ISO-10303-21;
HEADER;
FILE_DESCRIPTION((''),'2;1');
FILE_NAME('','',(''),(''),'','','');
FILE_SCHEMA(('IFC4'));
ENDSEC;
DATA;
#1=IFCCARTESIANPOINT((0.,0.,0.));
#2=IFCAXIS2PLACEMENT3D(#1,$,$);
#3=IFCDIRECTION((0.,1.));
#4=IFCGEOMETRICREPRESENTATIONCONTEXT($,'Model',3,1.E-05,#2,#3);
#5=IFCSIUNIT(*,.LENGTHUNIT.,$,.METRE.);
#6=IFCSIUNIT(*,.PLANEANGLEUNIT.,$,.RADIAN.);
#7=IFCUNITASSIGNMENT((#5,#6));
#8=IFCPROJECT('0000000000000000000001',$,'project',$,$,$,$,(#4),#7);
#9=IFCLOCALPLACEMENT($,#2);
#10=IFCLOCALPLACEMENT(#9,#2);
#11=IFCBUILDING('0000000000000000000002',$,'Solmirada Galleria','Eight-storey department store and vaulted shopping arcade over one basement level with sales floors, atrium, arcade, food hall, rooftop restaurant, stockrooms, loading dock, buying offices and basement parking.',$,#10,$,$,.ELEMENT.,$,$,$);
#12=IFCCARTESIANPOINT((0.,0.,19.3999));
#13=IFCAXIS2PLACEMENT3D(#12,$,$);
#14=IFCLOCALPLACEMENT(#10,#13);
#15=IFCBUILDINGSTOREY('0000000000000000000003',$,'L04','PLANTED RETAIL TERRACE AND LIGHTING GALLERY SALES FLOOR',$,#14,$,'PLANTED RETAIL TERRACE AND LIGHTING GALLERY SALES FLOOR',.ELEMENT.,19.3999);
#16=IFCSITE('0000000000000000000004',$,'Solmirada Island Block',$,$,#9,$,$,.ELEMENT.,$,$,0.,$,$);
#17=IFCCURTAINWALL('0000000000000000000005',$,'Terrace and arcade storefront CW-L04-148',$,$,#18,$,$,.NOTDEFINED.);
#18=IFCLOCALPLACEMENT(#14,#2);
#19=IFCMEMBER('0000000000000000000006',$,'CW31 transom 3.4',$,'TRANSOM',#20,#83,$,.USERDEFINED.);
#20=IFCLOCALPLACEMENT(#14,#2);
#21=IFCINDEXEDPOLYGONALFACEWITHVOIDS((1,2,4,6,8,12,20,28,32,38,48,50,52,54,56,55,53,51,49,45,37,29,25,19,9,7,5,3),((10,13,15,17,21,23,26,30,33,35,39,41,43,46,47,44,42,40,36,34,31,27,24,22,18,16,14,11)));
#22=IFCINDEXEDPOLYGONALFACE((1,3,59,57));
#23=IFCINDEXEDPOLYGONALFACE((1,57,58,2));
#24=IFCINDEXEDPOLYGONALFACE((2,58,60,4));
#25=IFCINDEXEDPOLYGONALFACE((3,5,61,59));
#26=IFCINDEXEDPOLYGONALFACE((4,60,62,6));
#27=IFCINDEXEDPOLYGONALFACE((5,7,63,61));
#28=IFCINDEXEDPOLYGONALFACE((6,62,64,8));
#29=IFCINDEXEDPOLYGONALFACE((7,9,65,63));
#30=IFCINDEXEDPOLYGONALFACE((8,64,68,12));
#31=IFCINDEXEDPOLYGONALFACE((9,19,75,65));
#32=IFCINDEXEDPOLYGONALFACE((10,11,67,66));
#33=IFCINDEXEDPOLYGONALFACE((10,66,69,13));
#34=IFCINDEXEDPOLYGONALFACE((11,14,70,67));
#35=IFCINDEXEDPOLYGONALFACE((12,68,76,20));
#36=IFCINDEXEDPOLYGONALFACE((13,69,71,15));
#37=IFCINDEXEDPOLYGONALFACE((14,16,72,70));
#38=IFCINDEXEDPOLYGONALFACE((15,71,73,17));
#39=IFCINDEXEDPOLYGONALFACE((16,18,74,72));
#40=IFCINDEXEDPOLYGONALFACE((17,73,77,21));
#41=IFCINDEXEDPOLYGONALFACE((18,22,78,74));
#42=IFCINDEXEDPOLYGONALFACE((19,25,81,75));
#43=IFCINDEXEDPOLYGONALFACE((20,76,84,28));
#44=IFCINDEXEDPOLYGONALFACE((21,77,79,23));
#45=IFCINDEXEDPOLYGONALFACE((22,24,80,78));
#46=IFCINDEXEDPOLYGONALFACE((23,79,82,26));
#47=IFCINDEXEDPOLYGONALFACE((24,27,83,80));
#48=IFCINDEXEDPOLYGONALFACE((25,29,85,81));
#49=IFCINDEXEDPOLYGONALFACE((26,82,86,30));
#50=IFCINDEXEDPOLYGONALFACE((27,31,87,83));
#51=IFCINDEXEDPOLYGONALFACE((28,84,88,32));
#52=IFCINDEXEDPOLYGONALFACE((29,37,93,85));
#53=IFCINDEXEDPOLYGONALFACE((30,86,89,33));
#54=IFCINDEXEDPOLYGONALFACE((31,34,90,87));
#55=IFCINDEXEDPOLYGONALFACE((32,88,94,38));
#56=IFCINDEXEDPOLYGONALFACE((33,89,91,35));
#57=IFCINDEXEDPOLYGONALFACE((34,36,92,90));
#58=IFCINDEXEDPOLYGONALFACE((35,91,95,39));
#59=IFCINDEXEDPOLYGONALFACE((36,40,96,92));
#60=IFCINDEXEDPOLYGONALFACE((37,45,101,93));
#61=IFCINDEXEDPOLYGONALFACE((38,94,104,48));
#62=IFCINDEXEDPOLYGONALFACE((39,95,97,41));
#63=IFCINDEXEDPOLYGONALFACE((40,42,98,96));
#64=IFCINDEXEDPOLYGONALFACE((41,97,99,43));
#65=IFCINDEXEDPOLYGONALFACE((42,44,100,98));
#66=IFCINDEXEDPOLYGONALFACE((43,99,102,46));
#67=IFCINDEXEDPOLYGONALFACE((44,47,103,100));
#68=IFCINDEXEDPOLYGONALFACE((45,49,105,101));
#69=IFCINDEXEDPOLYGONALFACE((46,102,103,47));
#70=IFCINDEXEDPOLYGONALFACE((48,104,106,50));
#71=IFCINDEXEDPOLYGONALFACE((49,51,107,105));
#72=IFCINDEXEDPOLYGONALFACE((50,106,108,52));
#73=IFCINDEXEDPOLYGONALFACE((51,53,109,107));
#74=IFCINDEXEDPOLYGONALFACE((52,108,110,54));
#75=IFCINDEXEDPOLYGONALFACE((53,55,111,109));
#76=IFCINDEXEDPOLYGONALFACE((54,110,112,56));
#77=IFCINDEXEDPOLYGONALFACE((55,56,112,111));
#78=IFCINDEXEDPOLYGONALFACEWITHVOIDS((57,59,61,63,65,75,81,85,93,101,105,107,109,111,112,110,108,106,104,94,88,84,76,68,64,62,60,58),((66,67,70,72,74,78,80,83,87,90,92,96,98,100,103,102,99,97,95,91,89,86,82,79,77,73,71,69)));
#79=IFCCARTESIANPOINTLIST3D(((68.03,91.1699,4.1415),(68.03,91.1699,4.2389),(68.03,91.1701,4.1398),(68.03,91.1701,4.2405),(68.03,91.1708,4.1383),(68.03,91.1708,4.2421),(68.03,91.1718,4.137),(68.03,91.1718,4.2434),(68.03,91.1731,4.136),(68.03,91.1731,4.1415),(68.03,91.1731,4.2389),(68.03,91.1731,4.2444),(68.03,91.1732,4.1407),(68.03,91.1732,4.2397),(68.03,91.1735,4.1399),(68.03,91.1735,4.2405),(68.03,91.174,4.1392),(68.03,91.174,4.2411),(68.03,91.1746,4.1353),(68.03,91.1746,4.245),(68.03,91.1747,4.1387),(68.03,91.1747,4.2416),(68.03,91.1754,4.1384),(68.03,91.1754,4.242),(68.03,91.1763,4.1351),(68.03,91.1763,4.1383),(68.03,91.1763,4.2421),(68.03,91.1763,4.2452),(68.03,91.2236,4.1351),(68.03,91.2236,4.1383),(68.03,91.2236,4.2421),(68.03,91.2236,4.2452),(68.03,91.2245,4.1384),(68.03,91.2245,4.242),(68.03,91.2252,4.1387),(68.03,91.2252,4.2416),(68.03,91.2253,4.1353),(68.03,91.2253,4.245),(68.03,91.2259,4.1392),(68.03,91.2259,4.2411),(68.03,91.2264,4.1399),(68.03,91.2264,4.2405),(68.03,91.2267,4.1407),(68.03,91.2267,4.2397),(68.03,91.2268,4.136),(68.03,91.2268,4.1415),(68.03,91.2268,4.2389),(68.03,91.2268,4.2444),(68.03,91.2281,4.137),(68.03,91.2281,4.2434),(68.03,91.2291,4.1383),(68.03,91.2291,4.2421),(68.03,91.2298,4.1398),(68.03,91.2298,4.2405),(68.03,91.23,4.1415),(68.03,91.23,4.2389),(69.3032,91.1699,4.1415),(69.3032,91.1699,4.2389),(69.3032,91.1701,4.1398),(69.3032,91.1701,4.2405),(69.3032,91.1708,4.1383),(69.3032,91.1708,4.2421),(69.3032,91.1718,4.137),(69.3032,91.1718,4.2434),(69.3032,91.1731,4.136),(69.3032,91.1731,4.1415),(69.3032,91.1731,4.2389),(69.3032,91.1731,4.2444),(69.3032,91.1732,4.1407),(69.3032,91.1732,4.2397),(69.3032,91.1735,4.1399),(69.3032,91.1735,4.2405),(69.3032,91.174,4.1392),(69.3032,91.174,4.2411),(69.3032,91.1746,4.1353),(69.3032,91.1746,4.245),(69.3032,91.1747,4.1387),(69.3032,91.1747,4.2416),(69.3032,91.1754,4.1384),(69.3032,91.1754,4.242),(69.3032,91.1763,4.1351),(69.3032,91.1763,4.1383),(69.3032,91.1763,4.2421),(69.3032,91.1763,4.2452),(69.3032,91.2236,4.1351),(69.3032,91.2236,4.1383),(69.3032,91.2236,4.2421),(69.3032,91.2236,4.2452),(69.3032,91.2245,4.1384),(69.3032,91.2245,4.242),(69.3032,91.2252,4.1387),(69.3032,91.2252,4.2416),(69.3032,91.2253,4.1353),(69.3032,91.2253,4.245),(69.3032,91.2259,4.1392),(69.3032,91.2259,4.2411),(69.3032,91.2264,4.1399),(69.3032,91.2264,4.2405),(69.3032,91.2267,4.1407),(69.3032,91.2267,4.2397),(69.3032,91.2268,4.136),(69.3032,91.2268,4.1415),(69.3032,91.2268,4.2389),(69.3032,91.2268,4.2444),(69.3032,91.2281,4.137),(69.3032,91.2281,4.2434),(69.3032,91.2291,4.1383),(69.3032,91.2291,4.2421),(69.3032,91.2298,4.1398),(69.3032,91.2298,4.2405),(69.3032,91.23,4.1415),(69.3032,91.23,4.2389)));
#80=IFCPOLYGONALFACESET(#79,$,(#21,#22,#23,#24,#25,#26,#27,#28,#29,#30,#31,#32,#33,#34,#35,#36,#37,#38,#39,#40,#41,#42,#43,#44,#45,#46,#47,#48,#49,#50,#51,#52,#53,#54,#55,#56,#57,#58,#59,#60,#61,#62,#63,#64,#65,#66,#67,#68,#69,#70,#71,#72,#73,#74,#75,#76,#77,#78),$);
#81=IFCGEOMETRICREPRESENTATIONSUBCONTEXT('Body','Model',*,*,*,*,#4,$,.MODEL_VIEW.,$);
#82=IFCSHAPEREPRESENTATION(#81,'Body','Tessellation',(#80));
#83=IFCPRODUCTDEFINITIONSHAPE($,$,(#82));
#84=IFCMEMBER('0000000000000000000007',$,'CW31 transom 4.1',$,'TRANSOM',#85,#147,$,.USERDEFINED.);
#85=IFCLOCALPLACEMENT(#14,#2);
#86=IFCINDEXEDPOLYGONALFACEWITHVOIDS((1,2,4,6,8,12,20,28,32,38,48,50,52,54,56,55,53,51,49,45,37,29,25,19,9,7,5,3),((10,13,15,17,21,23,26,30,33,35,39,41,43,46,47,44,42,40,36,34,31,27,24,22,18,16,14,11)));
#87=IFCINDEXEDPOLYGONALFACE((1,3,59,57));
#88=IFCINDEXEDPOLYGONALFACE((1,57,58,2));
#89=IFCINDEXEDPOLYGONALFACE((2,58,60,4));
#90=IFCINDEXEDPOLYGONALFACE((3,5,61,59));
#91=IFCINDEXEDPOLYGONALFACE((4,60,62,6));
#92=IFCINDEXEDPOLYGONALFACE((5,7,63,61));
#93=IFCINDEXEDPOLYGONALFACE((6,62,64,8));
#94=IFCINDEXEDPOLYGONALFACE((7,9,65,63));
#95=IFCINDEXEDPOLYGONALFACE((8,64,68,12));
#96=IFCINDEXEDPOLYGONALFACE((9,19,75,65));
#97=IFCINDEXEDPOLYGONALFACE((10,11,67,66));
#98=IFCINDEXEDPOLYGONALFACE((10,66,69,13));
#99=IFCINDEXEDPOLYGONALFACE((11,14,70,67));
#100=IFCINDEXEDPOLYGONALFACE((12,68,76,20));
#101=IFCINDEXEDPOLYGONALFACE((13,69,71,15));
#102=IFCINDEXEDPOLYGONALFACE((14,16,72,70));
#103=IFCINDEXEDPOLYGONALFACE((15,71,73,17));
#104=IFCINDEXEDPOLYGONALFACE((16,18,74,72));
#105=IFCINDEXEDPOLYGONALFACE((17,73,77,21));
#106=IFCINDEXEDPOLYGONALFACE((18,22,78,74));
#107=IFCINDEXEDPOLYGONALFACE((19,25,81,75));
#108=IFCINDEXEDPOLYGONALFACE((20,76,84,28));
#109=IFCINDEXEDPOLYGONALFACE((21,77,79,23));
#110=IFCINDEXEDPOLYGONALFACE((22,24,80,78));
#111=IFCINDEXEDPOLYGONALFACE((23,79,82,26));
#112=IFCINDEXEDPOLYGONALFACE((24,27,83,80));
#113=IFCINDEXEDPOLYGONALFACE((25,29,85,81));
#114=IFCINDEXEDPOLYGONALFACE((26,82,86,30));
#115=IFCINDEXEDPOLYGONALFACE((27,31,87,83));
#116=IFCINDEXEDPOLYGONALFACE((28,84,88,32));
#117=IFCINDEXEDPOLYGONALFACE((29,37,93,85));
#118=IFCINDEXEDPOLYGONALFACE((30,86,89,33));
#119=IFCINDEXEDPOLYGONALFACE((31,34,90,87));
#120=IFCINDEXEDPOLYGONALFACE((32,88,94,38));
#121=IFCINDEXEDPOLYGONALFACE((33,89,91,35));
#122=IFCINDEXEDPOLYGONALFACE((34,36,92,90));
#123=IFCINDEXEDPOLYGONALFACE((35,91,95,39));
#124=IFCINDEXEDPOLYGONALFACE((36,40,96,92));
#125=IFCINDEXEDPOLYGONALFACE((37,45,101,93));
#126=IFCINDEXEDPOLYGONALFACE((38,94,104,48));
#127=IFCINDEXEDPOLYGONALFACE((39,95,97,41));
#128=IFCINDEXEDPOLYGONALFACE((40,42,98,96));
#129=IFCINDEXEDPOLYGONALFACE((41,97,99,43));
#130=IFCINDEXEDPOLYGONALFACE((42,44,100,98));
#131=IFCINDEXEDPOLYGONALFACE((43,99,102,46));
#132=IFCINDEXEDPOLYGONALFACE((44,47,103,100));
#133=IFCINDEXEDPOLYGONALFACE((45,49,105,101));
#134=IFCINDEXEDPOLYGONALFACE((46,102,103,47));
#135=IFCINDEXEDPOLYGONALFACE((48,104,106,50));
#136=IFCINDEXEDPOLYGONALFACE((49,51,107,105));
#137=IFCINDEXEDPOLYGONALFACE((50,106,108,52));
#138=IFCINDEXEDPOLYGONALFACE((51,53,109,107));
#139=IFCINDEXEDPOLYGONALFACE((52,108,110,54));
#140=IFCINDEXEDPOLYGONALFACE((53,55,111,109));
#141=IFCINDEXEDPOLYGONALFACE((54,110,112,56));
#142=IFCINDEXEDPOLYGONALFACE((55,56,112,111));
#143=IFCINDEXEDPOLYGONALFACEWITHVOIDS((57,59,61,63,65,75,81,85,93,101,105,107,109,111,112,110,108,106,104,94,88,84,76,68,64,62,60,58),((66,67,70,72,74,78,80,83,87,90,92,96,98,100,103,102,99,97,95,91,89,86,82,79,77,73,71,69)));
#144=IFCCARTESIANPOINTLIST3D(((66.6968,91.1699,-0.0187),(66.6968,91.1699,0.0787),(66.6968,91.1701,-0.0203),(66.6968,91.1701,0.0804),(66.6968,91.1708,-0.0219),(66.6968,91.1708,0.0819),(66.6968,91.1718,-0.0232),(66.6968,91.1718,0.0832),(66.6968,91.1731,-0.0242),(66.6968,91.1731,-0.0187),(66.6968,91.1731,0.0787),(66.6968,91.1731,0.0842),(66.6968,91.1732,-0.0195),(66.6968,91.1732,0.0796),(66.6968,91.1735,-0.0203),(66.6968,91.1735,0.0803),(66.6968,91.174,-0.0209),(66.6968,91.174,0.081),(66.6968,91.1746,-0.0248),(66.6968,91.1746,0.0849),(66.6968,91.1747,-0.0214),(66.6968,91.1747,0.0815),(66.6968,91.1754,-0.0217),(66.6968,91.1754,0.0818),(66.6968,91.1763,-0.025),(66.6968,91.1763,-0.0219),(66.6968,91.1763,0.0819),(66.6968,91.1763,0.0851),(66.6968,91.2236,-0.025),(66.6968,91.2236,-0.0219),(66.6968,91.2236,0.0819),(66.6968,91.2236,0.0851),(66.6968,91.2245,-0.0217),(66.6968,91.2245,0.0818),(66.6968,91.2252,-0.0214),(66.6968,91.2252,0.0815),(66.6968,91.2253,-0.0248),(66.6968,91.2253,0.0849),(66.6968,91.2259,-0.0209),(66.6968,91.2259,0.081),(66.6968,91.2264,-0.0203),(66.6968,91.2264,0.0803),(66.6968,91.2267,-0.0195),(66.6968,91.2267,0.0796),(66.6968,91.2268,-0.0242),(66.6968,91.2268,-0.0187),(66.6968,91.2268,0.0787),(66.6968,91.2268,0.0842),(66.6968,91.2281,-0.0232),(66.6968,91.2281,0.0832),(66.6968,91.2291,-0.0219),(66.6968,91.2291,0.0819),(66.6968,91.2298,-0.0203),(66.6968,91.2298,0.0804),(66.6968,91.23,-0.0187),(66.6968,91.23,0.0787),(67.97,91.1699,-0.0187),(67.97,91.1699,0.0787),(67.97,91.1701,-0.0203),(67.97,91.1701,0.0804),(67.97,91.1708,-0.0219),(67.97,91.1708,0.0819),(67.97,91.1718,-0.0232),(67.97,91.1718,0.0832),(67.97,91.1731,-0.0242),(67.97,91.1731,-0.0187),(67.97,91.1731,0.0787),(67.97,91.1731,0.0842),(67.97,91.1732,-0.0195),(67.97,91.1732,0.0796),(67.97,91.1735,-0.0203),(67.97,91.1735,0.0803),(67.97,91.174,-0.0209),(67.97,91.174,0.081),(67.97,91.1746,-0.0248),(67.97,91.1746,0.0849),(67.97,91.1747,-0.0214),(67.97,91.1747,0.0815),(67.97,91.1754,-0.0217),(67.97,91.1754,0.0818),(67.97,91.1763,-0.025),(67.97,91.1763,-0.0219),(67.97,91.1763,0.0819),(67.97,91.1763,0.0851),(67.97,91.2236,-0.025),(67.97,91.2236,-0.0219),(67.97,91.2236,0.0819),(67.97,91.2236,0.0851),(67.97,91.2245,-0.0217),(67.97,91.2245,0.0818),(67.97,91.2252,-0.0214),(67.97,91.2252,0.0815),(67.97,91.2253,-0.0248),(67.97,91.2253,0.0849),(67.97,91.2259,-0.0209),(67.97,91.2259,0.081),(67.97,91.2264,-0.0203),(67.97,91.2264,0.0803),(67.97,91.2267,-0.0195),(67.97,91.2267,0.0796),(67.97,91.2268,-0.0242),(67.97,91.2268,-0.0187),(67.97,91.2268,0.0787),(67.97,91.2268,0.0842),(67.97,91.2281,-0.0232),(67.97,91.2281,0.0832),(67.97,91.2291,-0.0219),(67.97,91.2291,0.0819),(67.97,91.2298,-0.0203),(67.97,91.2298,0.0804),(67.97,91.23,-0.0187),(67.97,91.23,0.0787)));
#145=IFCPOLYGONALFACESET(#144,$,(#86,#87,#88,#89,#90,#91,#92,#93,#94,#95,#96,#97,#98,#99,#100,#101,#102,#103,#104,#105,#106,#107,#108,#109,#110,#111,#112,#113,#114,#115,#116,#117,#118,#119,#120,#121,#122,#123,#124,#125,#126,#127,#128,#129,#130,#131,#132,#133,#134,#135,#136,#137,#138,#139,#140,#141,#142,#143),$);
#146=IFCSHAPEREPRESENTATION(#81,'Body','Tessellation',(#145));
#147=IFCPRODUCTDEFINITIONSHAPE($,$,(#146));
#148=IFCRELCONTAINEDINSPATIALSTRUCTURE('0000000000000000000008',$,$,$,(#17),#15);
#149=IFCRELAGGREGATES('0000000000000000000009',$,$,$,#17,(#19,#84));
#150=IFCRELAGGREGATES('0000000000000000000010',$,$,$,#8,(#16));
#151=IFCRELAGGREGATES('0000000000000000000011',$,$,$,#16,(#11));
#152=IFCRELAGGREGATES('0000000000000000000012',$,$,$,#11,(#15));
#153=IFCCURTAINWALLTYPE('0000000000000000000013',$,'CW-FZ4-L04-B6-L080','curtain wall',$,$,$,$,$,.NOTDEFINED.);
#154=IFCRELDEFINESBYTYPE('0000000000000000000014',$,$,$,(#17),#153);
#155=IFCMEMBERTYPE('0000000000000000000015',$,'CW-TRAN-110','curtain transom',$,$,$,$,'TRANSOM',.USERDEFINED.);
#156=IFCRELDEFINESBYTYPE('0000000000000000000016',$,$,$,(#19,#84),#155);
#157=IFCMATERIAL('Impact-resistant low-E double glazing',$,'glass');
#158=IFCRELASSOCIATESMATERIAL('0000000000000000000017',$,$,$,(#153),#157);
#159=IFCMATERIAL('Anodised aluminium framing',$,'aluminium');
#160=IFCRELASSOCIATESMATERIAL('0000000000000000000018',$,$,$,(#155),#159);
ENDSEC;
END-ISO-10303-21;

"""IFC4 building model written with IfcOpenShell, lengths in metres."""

from ifc_helpers import new_model, si_unit, direction, frame, origin, origin_2d, place, context, subcontext, project, spatial, hollow_rectangle, extrude, material, material_profile, profile_set, type_object, element, aggregate, save


model = new_model("IFC4")

# Units and contexts
model_context = context("Model", 3, precision=1e-05, world=origin(), true_north=direction((0.0, 1.0)))
body_context = subcontext(model_context, "Body", "Model", "MODEL_VIEW")
ifc_project = project(units=[si_unit("LENGTHUNIT", "METRE"), si_unit("PLANEANGLEUNIT", "RADIAN")], contexts=[model_context])

# Site, building, storey
site_placement = place(None, origin())
site = spatial("IfcSite", under=ifc_project, at=site_placement, Name="Solmirada Island Block", CompositionType="ELEMENT", RefElevation=0.0)
building_placement = place(site_placement, origin())
building = spatial("IfcBuilding", under=site, at=building_placement, Name="Solmirada Galleria", Description="Eight-storey department store and vaulted shopping arcade over one basement level with sales floors, atrium, arcade, food hall, rooftop restaurant, stockrooms, loading dock, buying offices and basement parking.", CompositionType="ELEMENT")
storey_placement = place(building_placement, frame((0.0, 0.0, 19.3999)))
storey = spatial("IfcBuildingStorey", under=building, at=storey_placement, Name="L04", Description="PLANTED RETAIL TERRACE AND LIGHTING GALLERY SALES FLOOR", LongName="PLANTED RETAIL TERRACE AND LIGHTING GALLERY SALES FLOOR", CompositionType="ELEMENT", Elevation=19.3999)

# Curtain wall, members
ifc_material_1 = material(Name="Impact-resistant low-E double glazing", Category="glass")
curtain_wall_type = type_object("IfcCurtainWallType", Name="CW-FZ4-L04-B6-L080", Description="curtain wall", PredefinedType="NOTDEFINED", material=ifc_material_1)
curtain_wall_placement = place(storey_placement, origin())
curtain_wall = element("IfcCurtainWall", 1, at=curtain_wall_placement, inside=storey, type_object=curtain_wall_type, Name="Terrace and arcade storefront CW-L04-148", PredefinedType="NOTDEFINED")
ifc_material_2 = material(Name="Anodised aluminium framing", Category="aluminium")
ifc_material_profile_1 = material_profile(ifc_material_2, hollow_rectangle(XDim=0.0601, YDim=0.1101, WallThickness=0.0032, InnerFilletRadius=0.0032, OuterFilletRadius=0.0063, at=origin_2d()), Name="ALU-TRAN-110X60")
ifc_profile_set_1 = profile_set([ifc_material_profile_1], Name="Anodised aluminium framing")
member_type_1 = type_object("IfcMemberType", Name="CW-TRAN-110", Description="curtain transom", ElementType="TRANSOM", PredefinedType="USERDEFINED", material=ifc_profile_set_1)
member_1_placement = place(storey_placement, frame((69.3032, 91.2, 4.1902), z_axis=(-1.0, 0.0, 0.0), x_axis=(0.0, -1.0, 0.0)))
member_1 = element("IfcMember", 2, at=member_1_placement, type_object=member_type_1, Name="CW31 transom 3.4", ObjectType="TRANSOM", PredefinedType="USERDEFINED", context=body_context, shape_type="SweptSolid", body=[
    extrude(hollow_rectangle(XDim=0.0601, YDim=0.1101, WallThickness=0.0032, InnerFilletRadius=0.0032, OuterFilletRadius=0.0063, at=origin_2d()), origin(), (0.0, 0.0, 1.0), 1.2732),
])
member_2_placement = place(storey_placement, frame((67.97, 91.2, 0.03), z_axis=(-1.0, 0.0, 0.0), x_axis=(0.0, -1.0, 0.0)))
member_2 = element("IfcMember", 3, at=member_2_placement, type_object=member_type_1, Name="CW31 transom 4.1", ObjectType="TRANSOM", PredefinedType="USERDEFINED", context=body_context, shape_type="SweptSolid", body=[
    extrude(hollow_rectangle(XDim=0.0601, YDim=0.1101, WallThickness=0.0032, InnerFilletRadius=0.0032, OuterFilletRadius=0.0063, at=origin_2d()), origin(), (0.0, 0.0, 1.0), 1.2732),
])
aggregate(curtain_wall, [member_1, member_2])

save(model, "model.ifc")
